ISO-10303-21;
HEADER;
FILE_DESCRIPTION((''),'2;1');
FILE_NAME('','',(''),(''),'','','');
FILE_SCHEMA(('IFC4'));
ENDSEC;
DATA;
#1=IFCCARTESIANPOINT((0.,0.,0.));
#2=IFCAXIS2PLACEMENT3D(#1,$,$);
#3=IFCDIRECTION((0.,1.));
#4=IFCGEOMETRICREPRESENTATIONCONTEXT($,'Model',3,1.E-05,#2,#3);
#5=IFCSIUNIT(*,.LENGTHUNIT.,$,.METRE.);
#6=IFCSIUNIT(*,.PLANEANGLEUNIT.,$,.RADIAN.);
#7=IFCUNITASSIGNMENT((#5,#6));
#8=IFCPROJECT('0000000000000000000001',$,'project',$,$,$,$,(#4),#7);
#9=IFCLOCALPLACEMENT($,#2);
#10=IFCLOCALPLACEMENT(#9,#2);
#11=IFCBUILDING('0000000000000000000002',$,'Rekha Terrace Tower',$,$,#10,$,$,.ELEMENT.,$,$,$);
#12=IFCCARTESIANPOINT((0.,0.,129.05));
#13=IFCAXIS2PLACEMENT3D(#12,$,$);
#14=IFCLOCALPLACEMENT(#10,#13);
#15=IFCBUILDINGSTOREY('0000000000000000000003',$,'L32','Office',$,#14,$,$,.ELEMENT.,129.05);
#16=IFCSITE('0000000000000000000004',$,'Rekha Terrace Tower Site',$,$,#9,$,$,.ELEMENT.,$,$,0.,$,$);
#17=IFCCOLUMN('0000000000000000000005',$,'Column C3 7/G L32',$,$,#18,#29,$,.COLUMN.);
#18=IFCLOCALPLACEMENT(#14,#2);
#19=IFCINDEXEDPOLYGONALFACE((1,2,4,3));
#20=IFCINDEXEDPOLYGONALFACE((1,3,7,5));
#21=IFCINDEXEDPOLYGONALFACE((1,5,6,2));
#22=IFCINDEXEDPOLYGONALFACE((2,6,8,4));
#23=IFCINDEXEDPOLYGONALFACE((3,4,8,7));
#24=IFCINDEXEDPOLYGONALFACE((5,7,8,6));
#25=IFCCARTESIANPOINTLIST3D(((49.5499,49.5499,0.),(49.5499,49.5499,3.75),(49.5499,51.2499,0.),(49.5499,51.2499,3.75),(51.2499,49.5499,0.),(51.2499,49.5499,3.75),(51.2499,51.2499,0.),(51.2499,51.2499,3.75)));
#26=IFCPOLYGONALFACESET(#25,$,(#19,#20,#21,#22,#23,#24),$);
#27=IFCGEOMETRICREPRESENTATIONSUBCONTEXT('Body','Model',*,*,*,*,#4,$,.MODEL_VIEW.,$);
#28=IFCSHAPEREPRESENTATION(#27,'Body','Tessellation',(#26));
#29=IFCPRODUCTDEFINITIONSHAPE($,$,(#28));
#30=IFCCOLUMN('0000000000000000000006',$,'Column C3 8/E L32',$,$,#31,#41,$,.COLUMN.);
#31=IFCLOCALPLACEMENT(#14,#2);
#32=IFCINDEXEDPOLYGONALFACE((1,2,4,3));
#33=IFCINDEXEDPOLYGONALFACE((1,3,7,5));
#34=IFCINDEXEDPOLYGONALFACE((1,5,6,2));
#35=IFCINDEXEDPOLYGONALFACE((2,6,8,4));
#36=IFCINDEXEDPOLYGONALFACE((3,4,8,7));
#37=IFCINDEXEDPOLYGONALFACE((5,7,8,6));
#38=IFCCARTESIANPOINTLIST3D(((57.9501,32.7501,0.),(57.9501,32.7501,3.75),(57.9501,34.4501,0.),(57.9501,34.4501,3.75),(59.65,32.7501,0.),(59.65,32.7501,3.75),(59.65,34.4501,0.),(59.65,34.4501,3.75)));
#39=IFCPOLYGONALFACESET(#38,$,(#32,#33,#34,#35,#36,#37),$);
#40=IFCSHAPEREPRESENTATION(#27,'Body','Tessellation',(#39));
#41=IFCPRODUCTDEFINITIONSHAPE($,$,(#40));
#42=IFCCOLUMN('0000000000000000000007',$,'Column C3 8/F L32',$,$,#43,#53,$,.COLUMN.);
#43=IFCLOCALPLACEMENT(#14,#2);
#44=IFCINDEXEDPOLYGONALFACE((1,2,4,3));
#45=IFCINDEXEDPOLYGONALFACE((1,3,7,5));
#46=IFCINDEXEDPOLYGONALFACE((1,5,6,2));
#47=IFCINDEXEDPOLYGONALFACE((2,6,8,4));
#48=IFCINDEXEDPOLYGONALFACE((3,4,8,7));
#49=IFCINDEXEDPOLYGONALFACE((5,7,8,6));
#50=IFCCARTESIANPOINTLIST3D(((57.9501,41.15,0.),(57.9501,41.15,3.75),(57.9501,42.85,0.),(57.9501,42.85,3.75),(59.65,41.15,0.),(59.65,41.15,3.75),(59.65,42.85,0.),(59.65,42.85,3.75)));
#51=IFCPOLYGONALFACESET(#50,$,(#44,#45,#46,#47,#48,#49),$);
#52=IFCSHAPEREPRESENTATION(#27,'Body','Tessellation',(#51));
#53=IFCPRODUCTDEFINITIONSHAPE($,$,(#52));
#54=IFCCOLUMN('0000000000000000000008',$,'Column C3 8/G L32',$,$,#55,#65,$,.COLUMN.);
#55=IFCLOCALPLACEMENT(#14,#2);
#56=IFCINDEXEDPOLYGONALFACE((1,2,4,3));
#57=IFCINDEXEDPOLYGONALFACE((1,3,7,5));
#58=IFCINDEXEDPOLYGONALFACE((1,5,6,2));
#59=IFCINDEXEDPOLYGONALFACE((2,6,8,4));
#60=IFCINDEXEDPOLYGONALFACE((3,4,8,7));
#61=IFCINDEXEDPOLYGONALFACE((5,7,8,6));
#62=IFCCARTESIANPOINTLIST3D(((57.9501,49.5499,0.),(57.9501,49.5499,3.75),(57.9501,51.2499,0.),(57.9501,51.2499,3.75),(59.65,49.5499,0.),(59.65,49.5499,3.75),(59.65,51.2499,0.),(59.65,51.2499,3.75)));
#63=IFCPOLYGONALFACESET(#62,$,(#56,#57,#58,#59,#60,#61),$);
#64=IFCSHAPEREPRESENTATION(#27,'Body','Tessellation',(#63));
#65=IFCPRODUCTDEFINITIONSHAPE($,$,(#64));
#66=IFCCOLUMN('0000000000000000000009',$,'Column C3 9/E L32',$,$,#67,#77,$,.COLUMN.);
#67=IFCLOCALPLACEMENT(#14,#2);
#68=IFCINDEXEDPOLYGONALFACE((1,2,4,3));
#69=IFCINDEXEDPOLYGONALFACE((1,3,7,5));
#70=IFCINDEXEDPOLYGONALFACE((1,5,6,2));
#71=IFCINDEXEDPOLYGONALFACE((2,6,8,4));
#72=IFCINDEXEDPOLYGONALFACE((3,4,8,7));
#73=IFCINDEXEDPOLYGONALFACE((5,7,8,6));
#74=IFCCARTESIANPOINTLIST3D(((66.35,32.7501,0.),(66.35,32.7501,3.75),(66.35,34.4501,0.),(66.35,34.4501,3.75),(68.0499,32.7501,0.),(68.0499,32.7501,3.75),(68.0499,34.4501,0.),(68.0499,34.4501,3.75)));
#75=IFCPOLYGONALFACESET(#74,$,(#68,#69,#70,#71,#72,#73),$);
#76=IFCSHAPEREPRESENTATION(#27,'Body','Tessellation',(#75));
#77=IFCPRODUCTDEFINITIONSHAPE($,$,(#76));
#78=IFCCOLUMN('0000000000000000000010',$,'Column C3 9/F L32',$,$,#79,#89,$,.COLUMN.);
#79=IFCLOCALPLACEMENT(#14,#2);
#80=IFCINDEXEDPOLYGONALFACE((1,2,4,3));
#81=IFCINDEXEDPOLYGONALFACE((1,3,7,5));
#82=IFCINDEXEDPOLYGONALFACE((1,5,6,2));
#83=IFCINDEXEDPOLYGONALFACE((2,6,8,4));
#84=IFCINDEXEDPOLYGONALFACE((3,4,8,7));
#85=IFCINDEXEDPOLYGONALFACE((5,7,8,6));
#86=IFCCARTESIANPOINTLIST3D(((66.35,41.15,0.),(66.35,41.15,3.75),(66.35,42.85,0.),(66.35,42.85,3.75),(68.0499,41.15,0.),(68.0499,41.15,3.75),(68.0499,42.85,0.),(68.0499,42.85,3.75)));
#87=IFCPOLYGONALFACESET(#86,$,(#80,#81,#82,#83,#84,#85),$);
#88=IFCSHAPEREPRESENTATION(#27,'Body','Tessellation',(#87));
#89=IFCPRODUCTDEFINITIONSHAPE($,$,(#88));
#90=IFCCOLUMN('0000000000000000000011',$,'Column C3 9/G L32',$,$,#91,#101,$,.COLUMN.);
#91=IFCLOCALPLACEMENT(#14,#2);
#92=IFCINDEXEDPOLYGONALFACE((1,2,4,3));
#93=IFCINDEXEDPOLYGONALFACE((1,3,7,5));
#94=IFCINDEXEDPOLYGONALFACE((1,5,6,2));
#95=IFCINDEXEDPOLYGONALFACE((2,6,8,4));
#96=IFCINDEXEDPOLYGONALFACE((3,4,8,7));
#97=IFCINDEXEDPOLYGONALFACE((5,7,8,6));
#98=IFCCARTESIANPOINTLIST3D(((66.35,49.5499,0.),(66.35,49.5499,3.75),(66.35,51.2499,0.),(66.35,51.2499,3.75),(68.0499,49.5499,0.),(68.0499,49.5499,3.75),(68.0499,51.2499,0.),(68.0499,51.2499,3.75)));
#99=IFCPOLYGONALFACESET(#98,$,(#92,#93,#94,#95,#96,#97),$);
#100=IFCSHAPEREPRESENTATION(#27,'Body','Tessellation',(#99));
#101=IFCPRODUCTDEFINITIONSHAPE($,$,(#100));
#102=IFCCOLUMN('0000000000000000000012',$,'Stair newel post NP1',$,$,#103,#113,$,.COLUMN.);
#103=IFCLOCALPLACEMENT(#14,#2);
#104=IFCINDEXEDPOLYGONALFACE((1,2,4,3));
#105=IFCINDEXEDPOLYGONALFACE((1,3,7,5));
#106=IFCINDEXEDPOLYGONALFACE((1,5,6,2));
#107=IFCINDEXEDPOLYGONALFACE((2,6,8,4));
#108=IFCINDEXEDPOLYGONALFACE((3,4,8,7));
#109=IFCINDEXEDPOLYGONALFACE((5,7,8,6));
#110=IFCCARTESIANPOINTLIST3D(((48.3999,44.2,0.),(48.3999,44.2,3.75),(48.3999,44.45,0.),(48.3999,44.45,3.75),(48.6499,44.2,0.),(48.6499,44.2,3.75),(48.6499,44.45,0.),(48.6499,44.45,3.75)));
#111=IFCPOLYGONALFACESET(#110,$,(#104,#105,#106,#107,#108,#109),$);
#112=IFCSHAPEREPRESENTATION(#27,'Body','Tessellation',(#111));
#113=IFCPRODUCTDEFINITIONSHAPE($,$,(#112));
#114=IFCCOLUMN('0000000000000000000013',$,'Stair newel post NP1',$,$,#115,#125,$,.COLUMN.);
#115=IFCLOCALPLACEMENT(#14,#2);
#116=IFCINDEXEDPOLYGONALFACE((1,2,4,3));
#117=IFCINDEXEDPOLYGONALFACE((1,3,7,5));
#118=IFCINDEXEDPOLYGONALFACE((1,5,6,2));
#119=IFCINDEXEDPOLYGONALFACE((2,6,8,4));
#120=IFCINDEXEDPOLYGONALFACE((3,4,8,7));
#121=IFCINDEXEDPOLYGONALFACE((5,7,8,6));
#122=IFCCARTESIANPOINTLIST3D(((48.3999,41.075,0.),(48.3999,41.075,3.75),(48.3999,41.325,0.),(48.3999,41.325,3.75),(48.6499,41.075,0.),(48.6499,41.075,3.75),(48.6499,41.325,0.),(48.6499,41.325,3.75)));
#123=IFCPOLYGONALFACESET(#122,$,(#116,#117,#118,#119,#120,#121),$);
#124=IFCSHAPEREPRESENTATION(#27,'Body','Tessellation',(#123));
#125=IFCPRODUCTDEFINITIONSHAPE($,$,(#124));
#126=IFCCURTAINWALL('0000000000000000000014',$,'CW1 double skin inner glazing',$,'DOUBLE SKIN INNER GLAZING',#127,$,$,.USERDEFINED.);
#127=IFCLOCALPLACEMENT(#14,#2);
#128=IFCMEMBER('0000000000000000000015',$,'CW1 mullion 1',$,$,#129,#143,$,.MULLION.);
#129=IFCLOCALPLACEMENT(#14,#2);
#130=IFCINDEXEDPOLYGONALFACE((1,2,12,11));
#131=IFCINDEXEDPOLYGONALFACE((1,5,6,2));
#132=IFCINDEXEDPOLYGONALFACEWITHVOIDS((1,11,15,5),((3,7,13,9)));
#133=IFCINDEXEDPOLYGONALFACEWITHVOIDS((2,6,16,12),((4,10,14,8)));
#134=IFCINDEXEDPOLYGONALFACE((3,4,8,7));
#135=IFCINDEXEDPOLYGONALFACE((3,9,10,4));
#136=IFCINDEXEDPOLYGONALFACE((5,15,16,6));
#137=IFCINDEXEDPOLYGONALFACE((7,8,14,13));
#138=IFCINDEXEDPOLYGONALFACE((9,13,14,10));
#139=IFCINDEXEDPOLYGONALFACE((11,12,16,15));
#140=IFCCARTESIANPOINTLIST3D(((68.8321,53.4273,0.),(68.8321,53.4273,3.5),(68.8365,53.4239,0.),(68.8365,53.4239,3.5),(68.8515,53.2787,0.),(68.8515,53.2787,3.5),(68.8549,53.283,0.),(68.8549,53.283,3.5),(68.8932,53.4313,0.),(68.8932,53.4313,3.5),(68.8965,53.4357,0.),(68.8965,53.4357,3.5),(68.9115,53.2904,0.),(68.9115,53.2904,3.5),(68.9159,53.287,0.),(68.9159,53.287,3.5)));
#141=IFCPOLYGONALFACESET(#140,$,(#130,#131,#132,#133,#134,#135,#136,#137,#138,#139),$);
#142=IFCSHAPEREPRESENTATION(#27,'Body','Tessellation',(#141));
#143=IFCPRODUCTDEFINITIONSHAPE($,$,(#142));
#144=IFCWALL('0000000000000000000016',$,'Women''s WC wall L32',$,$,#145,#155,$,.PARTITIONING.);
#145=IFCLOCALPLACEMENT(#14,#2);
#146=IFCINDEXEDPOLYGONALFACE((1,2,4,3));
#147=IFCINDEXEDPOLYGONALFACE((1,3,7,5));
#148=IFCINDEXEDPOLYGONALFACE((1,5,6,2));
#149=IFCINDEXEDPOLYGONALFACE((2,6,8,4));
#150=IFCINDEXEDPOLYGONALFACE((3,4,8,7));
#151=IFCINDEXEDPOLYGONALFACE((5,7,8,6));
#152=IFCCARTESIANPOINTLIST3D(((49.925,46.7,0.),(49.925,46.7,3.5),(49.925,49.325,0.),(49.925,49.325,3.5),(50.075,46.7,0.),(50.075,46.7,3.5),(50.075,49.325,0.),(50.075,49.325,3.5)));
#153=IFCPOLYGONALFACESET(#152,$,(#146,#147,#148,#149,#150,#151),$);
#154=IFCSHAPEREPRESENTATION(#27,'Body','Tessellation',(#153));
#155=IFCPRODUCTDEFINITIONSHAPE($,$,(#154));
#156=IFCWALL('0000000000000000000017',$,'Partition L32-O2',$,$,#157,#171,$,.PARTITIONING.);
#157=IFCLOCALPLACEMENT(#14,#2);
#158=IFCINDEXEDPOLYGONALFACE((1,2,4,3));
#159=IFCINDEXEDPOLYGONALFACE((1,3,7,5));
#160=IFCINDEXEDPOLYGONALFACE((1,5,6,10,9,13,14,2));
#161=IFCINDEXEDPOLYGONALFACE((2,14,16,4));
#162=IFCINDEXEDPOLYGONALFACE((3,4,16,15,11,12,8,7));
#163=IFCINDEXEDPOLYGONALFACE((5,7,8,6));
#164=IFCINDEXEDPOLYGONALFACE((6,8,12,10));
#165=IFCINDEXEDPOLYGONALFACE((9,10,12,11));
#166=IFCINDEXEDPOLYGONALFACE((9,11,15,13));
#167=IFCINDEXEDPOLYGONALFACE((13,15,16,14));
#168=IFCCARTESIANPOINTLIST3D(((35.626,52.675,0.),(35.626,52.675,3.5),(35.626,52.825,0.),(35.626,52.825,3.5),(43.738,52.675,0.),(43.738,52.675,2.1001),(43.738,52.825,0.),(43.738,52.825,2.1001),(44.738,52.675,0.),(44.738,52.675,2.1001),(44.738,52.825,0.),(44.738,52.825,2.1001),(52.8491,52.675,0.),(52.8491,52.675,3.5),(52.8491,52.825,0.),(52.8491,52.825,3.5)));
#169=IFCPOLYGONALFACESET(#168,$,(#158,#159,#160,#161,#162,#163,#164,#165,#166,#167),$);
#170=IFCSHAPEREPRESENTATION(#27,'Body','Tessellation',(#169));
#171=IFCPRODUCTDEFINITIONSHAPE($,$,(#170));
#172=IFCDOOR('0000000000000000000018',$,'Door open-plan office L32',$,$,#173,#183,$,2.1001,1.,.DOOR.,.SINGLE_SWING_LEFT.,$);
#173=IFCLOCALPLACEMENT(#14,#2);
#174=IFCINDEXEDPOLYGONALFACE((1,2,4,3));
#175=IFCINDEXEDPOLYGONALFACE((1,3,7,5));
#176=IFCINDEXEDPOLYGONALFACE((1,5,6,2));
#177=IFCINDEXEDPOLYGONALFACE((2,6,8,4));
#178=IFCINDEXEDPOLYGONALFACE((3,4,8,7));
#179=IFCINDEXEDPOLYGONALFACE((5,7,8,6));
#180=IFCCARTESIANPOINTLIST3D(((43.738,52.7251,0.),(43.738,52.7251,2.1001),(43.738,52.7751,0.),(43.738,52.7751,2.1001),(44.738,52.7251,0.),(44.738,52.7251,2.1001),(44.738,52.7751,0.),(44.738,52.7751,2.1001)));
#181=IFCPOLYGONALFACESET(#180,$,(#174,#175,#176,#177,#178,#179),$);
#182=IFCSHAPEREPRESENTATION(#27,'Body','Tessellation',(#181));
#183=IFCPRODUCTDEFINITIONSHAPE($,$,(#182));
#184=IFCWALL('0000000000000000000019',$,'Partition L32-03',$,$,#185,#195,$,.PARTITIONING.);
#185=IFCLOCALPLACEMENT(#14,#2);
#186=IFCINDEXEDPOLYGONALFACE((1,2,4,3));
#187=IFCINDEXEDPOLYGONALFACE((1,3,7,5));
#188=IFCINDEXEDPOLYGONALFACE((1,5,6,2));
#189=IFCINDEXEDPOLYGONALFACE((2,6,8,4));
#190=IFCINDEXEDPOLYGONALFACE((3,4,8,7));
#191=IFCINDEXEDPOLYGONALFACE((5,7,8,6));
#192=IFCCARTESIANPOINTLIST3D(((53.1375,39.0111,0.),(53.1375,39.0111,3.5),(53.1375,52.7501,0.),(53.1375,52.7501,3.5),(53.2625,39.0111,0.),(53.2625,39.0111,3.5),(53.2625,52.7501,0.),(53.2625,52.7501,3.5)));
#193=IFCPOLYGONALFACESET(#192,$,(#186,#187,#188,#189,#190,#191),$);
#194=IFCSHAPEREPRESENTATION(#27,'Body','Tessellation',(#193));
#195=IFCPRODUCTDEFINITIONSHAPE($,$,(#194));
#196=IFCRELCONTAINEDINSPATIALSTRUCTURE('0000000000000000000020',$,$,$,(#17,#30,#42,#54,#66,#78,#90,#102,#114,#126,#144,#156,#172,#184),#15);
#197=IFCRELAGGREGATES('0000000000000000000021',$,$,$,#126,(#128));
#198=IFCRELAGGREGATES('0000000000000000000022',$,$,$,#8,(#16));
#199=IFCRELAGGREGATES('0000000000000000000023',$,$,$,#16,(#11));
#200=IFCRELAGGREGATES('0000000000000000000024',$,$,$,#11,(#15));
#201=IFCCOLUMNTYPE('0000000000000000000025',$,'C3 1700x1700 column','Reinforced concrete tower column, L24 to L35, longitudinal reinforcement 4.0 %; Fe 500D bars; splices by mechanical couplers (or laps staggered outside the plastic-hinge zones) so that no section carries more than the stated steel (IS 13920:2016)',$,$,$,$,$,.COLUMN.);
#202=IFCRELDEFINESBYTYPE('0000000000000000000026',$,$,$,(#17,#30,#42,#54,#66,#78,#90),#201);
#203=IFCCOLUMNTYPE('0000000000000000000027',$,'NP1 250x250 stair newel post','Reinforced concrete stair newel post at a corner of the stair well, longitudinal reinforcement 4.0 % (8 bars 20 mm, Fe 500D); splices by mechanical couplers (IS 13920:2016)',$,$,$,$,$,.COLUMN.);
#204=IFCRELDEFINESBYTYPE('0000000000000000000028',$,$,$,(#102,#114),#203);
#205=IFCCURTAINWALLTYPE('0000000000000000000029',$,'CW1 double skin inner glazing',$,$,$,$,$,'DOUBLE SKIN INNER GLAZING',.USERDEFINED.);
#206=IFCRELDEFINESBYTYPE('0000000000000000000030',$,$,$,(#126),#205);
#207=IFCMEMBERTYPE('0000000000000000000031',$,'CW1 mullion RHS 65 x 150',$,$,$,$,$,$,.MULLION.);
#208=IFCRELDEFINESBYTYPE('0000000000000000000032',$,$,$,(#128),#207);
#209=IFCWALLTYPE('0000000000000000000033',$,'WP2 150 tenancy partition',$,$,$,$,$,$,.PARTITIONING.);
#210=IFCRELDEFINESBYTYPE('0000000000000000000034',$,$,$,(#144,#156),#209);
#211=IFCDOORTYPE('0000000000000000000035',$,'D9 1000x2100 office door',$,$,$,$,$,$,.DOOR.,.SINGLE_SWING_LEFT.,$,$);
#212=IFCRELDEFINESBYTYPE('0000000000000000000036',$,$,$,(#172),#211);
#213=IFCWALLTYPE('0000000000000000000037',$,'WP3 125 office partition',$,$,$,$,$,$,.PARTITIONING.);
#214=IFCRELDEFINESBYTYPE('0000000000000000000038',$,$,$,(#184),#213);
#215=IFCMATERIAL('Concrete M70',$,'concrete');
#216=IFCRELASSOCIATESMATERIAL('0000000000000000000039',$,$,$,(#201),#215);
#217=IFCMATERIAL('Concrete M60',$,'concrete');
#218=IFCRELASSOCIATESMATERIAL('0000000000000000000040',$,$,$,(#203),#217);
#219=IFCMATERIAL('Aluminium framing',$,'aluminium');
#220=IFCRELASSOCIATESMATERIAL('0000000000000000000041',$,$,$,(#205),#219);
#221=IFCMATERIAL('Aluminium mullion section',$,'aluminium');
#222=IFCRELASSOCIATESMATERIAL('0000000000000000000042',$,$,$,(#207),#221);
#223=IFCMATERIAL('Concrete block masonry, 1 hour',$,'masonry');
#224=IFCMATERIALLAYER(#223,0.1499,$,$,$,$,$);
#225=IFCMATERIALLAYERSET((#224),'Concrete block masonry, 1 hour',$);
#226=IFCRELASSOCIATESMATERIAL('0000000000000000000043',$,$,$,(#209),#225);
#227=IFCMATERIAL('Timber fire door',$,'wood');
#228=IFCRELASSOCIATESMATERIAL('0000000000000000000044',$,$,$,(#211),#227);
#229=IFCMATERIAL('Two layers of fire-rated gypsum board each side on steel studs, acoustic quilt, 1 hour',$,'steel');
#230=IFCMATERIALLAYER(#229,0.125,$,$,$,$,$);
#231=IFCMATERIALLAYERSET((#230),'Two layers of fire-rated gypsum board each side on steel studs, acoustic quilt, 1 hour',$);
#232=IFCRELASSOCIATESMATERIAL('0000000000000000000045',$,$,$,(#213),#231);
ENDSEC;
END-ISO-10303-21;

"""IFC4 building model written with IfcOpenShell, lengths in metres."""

from ifc_helpers import new_model, si_unit, direction, frame, frame_2d, origin, origin_2d, place, context, subcontext, project, spatial, rectangle, hollow_rectangle, extrude, material, layer, layer_set, material_profile, profile_set, type_object, element, fill, aggregate, save


model = new_model("IFC4")

# Units and contexts
model_context = context("Model", 3, precision=1e-05, world=origin(), true_north=direction((0.0, 1.0)))
body_context = subcontext(model_context, "Body", "Model", "MODEL_VIEW")
ifc_project = project(units=[si_unit("LENGTHUNIT", "METRE"), si_unit("PLANEANGLEUNIT", "RADIAN")], contexts=[model_context])

# Site, building, storey
site_placement = place(None, origin())
site = spatial("IfcSite", under=ifc_project, at=site_placement, Name="Rekha Terrace Tower Site", CompositionType="ELEMENT", RefElevation=0.0)
building_placement = place(site_placement, origin())
building = spatial("IfcBuilding", under=site, at=building_placement, Name="Rekha Terrace Tower", CompositionType="ELEMENT")
storey_placement = place(building_placement, frame((0.0, 0.0, 129.05)))
storey = spatial("IfcBuildingStorey", under=building, at=storey_placement, Name="L32", Description="Office", CompositionType="ELEMENT", Elevation=129.05)

# Columns
ifc_material_1 = material(Name="Concrete M70", Category="concrete")
ifc_material_profile_1 = material_profile(ifc_material_1, rectangle(XDim=1.7, YDim=1.7, at=origin_2d()), Name="RC 1700x1700")
ifc_profile_set_1 = profile_set([ifc_material_profile_1], Name="Concrete M70")
column_type_1 = type_object("IfcColumnType", Name="C3 1700x1700 column", Description="Reinforced concrete tower column, L24 to L35, longitudinal reinforcement 4.0 %; Fe 500D bars; splices by mechanical couplers (or laps staggered outside the plastic-hinge zones) so that no section carries more than the stated steel (IS 13920:2016)", PredefinedType="COLUMN", material=ifc_profile_set_1)
for number, where, z_axis, x_axis, name in (
    (1, (50.3999, 50.3999, 0.0), (0.0, 0.0, 1.0), (1.0, 0.0, 0.0), "Column C3 7/G L32"),
    (2, (58.8, 33.6001, 0.0), (0.0, 0.0, 1.0), (1.0, 0.0, 0.0), "Column C3 8/E L32"),
    (3, (58.8, 42.0, 0.0), (0.0, 0.0, 1.0), (1.0, 0.0, 0.0), "Column C3 8/F L32"),
    (4, (58.8, 50.3999, 0.0), (0.0, 0.0, 1.0), (1.0, 0.0, 0.0), "Column C3 8/G L32"),
    (5, (67.2, 33.6001, 0.0), (0.0, 0.0, 1.0), (1.0, 0.0, 0.0), "Column C3 9/E L32"),
    (6, (67.2, 42.0, 0.0), (0.0, 0.0, 1.0), (1.0, 0.0, 0.0), "Column C3 9/F L32"),
    (7, (67.2, 50.3999, 0.0), (0.0, 0.0, 1.0), (1.0, 0.0, 0.0), "Column C3 9/G L32"),
):
    element("IfcColumn", number, at=place(storey_placement, frame(where, z_axis=z_axis, x_axis=x_axis)), inside=storey, type_object=column_type_1, Name=name, PredefinedType="COLUMN", context=body_context, shape_type="SweptSolid", body=[
        extrude(rectangle(XDim=1.7, YDim=1.7, at=origin_2d()), origin(), (0.0, 0.0, 1.0), 3.75),
    ])
ifc_material_2 = material(Name="Concrete M60", Category="concrete")
ifc_material_profile_2 = material_profile(ifc_material_2, rectangle(XDim=0.25, YDim=0.25, at=origin_2d()), Name="RC 250x250")
ifc_profile_set_2 = profile_set([ifc_material_profile_2], Name="Concrete M60")
column_type_2 = type_object("IfcColumnType", Name="NP1 250x250 stair newel post", Description="Reinforced concrete stair newel post at a corner of the stair well, longitudinal reinforcement 4.0 % (8 bars 20 mm, Fe 500D); splices by mechanical couplers (IS 13920:2016)", PredefinedType="COLUMN", material=ifc_profile_set_2)
for number, where, z_axis, x_axis, name in (
    (8, (48.5249, 44.325, 0.0), (0.0, 0.0, 1.0), (1.0, 0.0, 0.0), "Stair newel post NP1"),
    (9, (48.5249, 41.2, 0.0), (0.0, 0.0, 1.0), (1.0, 0.0, 0.0), "Stair newel post NP1"),
):
    element("IfcColumn", number, at=place(storey_placement, frame(where, z_axis=z_axis, x_axis=x_axis)), inside=storey, type_object=column_type_2, Name=name, PredefinedType="COLUMN", context=body_context, shape_type="SweptSolid", body=[
        extrude(rectangle(XDim=0.25, YDim=0.25, at=origin_2d()), origin(), (0.0, 0.0, 1.0), 3.75),
    ])

# Curtain wall, member
ifc_material_3 = material(Name="Aluminium framing", Category="aluminium")
curtain_wall_type = type_object("IfcCurtainWallType", Name="CW1 double skin inner glazing", ElementType="DOUBLE SKIN INNER GLAZING", PredefinedType="USERDEFINED", material=ifc_material_3)
curtain_wall_placement = place(storey_placement, origin())
curtain_wall = element("IfcCurtainWall", 10, at=curtain_wall_placement, inside=storey, type_object=curtain_wall_type, Name="CW1 double skin inner glazing", ObjectType="DOUBLE SKIN INNER GLAZING", PredefinedType="USERDEFINED")
ifc_material_4 = material(Name="Aluminium mullion section", Category="aluminium")
ifc_material_profile_3 = material_profile(ifc_material_4, hollow_rectangle(XDim=0.0649, YDim=0.1499, WallThickness=0.0039, at=origin_2d()), Name="AL RHS 65x150")
ifc_profile_set_3 = profile_set([ifc_material_profile_3], Name="Aluminium mullion section")
member_type = type_object("IfcMemberType", Name="CW1 mullion RHS 65 x 150", PredefinedType="MULLION", material=ifc_profile_set_3)
member_placement = place(storey_placement, frame((68.874, 53.3572, 0.0), z_axis=(0.0, 0.0, 1.0), x_axis=(-0.991629, -0.129118, 0.0)))
member = element("IfcMember", 11, at=member_placement, type_object=member_type, Name="CW1 mullion 1", PredefinedType="MULLION", context=body_context, shape_type="SweptSolid", body=[
    extrude(hollow_rectangle(XDim=0.0649, YDim=0.1499, WallThickness=0.0039, at=origin_2d()), origin(), (0.0, 0.0, 1.0), 3.5),
])
aggregate(curtain_wall, [member])

# Wall
ifc_material_5 = material(Name="Concrete block masonry, 1 hour", Category="masonry")
ifc_layer_1 = layer(ifc_material_5, 0.1499)
ifc_layer_set_1 = layer_set([ifc_layer_1], Name="Concrete block masonry, 1 hour")
wall_type_1 = type_object("IfcWallType", Name="WP2 150 tenancy partition", PredefinedType="PARTITIONING", material=ifc_layer_set_1)
wall_1_placement = place(storey_placement, frame((50.0, 46.7, 0.0), z_axis=(0.0, 0.0, 1.0), x_axis=(0.0, 1.0, 0.0)))
element("IfcWall", 12, at=wall_1_placement, inside=storey, type_object=wall_type_1, Name="Women's WC wall L32", PredefinedType="PARTITIONING", context=body_context, shape_type="SweptSolid", body=[
    extrude(rectangle(XDim=2.625, YDim=0.1499, at=frame_2d((1.3125, 0.0))), origin(), (0.0, 0.0, 1.0), 3.5),
])

# Wall, opening, door
wall_2_placement = place(storey_placement, frame((52.8491, 52.75, 0.0), z_axis=(0.0, 0.0, 1.0), x_axis=(-1.0, 0.0, 0.0)))
wall_2 = element("IfcWall", 13, at=wall_2_placement, inside=storey, type_object=wall_type_1, Name="Partition L32-O2", PredefinedType="PARTITIONING", context=body_context, shape_type="SweptSolid", body=[
    extrude(rectangle(XDim=17.2231, YDim=0.1499, at=frame_2d((8.6116, 0.0))), origin(), (0.0, 0.0, 1.0), 3.5),
])
opening_1_placement = place(wall_2_placement, frame((8.1111, 0.0, 0.0)))
opening_1 = element("IfcOpeningElement", 14, at=opening_1_placement, cuts=wall_2, PredefinedType="OPENING", context=body_context, shape_type="SweptSolid", body=[
    extrude(rectangle(XDim=1.0, YDim=2.1001, at=frame_2d((0.5, 1.05))), frame((0.0, 0.085, 0.0), z_axis=(0.0, -1.0, 0.0), x_axis=(1.0, 0.0, 0.0)), (0.0, 0.0, 1.0), 0.1699),
])
ifc_material_6 = material(Name="Timber fire door", Category="wood")
door_type_1 = type_object("IfcDoorType", Name="D9 1000x2100 office door", OperationType="SINGLE_SWING_LEFT", PredefinedType="DOOR", material=ifc_material_6)
door_1_placement = place(opening_1_placement, origin())
door_1 = element("IfcDoor", 15, at=door_1_placement, inside=storey, type_object=door_type_1, Name="Door open-plan office L32", OperationType="SINGLE_SWING_LEFT", OverallHeight=2.1001, OverallWidth=1.0, PredefinedType="DOOR", context=body_context, shape_type="SweptSolid", body=[
    extrude(rectangle(XDim=1.0, YDim=2.1001, at=frame_2d((0.5, 1.05))), frame((0.0, 0.0249, 0.0), z_axis=(0.0, -1.0, 0.0), x_axis=(1.0, 0.0, 0.0)), (0.0, 0.0, 1.0), 0.05),
])
fill(opening_1, door_1)

# Wall
ifc_material_7 = material(Name="Two layers of fire-rated gypsum board each side on steel studs, acoustic quilt, 1 hour", Category="steel")
ifc_layer_2 = layer(ifc_material_7, 0.125)
ifc_layer_set_2 = layer_set([ifc_layer_2], Name="Two layers of fire-rated gypsum board each side on steel studs, acoustic quilt, 1 hour")
wall_type_2 = type_object("IfcWallType", Name="WP3 125 office partition", PredefinedType="PARTITIONING", material=ifc_layer_set_2)
wall_3_placement = place(storey_placement, frame((53.2, 39.011, 0.0), z_axis=(0.0, 0.0, 1.0), x_axis=(0.0, 1.0, 0.0)))
element("IfcWall", 16, at=wall_3_placement, inside=storey, type_object=wall_type_2, Name="Partition L32-03", PredefinedType="PARTITIONING", context=body_context, shape_type="SweptSolid", body=[
    extrude(rectangle(XDim=13.739, YDim=0.125, at=frame_2d((6.8696, 0.0))), origin(), (0.0, 0.0, 1.0), 3.5),
])

save(model, "model.ifc")
